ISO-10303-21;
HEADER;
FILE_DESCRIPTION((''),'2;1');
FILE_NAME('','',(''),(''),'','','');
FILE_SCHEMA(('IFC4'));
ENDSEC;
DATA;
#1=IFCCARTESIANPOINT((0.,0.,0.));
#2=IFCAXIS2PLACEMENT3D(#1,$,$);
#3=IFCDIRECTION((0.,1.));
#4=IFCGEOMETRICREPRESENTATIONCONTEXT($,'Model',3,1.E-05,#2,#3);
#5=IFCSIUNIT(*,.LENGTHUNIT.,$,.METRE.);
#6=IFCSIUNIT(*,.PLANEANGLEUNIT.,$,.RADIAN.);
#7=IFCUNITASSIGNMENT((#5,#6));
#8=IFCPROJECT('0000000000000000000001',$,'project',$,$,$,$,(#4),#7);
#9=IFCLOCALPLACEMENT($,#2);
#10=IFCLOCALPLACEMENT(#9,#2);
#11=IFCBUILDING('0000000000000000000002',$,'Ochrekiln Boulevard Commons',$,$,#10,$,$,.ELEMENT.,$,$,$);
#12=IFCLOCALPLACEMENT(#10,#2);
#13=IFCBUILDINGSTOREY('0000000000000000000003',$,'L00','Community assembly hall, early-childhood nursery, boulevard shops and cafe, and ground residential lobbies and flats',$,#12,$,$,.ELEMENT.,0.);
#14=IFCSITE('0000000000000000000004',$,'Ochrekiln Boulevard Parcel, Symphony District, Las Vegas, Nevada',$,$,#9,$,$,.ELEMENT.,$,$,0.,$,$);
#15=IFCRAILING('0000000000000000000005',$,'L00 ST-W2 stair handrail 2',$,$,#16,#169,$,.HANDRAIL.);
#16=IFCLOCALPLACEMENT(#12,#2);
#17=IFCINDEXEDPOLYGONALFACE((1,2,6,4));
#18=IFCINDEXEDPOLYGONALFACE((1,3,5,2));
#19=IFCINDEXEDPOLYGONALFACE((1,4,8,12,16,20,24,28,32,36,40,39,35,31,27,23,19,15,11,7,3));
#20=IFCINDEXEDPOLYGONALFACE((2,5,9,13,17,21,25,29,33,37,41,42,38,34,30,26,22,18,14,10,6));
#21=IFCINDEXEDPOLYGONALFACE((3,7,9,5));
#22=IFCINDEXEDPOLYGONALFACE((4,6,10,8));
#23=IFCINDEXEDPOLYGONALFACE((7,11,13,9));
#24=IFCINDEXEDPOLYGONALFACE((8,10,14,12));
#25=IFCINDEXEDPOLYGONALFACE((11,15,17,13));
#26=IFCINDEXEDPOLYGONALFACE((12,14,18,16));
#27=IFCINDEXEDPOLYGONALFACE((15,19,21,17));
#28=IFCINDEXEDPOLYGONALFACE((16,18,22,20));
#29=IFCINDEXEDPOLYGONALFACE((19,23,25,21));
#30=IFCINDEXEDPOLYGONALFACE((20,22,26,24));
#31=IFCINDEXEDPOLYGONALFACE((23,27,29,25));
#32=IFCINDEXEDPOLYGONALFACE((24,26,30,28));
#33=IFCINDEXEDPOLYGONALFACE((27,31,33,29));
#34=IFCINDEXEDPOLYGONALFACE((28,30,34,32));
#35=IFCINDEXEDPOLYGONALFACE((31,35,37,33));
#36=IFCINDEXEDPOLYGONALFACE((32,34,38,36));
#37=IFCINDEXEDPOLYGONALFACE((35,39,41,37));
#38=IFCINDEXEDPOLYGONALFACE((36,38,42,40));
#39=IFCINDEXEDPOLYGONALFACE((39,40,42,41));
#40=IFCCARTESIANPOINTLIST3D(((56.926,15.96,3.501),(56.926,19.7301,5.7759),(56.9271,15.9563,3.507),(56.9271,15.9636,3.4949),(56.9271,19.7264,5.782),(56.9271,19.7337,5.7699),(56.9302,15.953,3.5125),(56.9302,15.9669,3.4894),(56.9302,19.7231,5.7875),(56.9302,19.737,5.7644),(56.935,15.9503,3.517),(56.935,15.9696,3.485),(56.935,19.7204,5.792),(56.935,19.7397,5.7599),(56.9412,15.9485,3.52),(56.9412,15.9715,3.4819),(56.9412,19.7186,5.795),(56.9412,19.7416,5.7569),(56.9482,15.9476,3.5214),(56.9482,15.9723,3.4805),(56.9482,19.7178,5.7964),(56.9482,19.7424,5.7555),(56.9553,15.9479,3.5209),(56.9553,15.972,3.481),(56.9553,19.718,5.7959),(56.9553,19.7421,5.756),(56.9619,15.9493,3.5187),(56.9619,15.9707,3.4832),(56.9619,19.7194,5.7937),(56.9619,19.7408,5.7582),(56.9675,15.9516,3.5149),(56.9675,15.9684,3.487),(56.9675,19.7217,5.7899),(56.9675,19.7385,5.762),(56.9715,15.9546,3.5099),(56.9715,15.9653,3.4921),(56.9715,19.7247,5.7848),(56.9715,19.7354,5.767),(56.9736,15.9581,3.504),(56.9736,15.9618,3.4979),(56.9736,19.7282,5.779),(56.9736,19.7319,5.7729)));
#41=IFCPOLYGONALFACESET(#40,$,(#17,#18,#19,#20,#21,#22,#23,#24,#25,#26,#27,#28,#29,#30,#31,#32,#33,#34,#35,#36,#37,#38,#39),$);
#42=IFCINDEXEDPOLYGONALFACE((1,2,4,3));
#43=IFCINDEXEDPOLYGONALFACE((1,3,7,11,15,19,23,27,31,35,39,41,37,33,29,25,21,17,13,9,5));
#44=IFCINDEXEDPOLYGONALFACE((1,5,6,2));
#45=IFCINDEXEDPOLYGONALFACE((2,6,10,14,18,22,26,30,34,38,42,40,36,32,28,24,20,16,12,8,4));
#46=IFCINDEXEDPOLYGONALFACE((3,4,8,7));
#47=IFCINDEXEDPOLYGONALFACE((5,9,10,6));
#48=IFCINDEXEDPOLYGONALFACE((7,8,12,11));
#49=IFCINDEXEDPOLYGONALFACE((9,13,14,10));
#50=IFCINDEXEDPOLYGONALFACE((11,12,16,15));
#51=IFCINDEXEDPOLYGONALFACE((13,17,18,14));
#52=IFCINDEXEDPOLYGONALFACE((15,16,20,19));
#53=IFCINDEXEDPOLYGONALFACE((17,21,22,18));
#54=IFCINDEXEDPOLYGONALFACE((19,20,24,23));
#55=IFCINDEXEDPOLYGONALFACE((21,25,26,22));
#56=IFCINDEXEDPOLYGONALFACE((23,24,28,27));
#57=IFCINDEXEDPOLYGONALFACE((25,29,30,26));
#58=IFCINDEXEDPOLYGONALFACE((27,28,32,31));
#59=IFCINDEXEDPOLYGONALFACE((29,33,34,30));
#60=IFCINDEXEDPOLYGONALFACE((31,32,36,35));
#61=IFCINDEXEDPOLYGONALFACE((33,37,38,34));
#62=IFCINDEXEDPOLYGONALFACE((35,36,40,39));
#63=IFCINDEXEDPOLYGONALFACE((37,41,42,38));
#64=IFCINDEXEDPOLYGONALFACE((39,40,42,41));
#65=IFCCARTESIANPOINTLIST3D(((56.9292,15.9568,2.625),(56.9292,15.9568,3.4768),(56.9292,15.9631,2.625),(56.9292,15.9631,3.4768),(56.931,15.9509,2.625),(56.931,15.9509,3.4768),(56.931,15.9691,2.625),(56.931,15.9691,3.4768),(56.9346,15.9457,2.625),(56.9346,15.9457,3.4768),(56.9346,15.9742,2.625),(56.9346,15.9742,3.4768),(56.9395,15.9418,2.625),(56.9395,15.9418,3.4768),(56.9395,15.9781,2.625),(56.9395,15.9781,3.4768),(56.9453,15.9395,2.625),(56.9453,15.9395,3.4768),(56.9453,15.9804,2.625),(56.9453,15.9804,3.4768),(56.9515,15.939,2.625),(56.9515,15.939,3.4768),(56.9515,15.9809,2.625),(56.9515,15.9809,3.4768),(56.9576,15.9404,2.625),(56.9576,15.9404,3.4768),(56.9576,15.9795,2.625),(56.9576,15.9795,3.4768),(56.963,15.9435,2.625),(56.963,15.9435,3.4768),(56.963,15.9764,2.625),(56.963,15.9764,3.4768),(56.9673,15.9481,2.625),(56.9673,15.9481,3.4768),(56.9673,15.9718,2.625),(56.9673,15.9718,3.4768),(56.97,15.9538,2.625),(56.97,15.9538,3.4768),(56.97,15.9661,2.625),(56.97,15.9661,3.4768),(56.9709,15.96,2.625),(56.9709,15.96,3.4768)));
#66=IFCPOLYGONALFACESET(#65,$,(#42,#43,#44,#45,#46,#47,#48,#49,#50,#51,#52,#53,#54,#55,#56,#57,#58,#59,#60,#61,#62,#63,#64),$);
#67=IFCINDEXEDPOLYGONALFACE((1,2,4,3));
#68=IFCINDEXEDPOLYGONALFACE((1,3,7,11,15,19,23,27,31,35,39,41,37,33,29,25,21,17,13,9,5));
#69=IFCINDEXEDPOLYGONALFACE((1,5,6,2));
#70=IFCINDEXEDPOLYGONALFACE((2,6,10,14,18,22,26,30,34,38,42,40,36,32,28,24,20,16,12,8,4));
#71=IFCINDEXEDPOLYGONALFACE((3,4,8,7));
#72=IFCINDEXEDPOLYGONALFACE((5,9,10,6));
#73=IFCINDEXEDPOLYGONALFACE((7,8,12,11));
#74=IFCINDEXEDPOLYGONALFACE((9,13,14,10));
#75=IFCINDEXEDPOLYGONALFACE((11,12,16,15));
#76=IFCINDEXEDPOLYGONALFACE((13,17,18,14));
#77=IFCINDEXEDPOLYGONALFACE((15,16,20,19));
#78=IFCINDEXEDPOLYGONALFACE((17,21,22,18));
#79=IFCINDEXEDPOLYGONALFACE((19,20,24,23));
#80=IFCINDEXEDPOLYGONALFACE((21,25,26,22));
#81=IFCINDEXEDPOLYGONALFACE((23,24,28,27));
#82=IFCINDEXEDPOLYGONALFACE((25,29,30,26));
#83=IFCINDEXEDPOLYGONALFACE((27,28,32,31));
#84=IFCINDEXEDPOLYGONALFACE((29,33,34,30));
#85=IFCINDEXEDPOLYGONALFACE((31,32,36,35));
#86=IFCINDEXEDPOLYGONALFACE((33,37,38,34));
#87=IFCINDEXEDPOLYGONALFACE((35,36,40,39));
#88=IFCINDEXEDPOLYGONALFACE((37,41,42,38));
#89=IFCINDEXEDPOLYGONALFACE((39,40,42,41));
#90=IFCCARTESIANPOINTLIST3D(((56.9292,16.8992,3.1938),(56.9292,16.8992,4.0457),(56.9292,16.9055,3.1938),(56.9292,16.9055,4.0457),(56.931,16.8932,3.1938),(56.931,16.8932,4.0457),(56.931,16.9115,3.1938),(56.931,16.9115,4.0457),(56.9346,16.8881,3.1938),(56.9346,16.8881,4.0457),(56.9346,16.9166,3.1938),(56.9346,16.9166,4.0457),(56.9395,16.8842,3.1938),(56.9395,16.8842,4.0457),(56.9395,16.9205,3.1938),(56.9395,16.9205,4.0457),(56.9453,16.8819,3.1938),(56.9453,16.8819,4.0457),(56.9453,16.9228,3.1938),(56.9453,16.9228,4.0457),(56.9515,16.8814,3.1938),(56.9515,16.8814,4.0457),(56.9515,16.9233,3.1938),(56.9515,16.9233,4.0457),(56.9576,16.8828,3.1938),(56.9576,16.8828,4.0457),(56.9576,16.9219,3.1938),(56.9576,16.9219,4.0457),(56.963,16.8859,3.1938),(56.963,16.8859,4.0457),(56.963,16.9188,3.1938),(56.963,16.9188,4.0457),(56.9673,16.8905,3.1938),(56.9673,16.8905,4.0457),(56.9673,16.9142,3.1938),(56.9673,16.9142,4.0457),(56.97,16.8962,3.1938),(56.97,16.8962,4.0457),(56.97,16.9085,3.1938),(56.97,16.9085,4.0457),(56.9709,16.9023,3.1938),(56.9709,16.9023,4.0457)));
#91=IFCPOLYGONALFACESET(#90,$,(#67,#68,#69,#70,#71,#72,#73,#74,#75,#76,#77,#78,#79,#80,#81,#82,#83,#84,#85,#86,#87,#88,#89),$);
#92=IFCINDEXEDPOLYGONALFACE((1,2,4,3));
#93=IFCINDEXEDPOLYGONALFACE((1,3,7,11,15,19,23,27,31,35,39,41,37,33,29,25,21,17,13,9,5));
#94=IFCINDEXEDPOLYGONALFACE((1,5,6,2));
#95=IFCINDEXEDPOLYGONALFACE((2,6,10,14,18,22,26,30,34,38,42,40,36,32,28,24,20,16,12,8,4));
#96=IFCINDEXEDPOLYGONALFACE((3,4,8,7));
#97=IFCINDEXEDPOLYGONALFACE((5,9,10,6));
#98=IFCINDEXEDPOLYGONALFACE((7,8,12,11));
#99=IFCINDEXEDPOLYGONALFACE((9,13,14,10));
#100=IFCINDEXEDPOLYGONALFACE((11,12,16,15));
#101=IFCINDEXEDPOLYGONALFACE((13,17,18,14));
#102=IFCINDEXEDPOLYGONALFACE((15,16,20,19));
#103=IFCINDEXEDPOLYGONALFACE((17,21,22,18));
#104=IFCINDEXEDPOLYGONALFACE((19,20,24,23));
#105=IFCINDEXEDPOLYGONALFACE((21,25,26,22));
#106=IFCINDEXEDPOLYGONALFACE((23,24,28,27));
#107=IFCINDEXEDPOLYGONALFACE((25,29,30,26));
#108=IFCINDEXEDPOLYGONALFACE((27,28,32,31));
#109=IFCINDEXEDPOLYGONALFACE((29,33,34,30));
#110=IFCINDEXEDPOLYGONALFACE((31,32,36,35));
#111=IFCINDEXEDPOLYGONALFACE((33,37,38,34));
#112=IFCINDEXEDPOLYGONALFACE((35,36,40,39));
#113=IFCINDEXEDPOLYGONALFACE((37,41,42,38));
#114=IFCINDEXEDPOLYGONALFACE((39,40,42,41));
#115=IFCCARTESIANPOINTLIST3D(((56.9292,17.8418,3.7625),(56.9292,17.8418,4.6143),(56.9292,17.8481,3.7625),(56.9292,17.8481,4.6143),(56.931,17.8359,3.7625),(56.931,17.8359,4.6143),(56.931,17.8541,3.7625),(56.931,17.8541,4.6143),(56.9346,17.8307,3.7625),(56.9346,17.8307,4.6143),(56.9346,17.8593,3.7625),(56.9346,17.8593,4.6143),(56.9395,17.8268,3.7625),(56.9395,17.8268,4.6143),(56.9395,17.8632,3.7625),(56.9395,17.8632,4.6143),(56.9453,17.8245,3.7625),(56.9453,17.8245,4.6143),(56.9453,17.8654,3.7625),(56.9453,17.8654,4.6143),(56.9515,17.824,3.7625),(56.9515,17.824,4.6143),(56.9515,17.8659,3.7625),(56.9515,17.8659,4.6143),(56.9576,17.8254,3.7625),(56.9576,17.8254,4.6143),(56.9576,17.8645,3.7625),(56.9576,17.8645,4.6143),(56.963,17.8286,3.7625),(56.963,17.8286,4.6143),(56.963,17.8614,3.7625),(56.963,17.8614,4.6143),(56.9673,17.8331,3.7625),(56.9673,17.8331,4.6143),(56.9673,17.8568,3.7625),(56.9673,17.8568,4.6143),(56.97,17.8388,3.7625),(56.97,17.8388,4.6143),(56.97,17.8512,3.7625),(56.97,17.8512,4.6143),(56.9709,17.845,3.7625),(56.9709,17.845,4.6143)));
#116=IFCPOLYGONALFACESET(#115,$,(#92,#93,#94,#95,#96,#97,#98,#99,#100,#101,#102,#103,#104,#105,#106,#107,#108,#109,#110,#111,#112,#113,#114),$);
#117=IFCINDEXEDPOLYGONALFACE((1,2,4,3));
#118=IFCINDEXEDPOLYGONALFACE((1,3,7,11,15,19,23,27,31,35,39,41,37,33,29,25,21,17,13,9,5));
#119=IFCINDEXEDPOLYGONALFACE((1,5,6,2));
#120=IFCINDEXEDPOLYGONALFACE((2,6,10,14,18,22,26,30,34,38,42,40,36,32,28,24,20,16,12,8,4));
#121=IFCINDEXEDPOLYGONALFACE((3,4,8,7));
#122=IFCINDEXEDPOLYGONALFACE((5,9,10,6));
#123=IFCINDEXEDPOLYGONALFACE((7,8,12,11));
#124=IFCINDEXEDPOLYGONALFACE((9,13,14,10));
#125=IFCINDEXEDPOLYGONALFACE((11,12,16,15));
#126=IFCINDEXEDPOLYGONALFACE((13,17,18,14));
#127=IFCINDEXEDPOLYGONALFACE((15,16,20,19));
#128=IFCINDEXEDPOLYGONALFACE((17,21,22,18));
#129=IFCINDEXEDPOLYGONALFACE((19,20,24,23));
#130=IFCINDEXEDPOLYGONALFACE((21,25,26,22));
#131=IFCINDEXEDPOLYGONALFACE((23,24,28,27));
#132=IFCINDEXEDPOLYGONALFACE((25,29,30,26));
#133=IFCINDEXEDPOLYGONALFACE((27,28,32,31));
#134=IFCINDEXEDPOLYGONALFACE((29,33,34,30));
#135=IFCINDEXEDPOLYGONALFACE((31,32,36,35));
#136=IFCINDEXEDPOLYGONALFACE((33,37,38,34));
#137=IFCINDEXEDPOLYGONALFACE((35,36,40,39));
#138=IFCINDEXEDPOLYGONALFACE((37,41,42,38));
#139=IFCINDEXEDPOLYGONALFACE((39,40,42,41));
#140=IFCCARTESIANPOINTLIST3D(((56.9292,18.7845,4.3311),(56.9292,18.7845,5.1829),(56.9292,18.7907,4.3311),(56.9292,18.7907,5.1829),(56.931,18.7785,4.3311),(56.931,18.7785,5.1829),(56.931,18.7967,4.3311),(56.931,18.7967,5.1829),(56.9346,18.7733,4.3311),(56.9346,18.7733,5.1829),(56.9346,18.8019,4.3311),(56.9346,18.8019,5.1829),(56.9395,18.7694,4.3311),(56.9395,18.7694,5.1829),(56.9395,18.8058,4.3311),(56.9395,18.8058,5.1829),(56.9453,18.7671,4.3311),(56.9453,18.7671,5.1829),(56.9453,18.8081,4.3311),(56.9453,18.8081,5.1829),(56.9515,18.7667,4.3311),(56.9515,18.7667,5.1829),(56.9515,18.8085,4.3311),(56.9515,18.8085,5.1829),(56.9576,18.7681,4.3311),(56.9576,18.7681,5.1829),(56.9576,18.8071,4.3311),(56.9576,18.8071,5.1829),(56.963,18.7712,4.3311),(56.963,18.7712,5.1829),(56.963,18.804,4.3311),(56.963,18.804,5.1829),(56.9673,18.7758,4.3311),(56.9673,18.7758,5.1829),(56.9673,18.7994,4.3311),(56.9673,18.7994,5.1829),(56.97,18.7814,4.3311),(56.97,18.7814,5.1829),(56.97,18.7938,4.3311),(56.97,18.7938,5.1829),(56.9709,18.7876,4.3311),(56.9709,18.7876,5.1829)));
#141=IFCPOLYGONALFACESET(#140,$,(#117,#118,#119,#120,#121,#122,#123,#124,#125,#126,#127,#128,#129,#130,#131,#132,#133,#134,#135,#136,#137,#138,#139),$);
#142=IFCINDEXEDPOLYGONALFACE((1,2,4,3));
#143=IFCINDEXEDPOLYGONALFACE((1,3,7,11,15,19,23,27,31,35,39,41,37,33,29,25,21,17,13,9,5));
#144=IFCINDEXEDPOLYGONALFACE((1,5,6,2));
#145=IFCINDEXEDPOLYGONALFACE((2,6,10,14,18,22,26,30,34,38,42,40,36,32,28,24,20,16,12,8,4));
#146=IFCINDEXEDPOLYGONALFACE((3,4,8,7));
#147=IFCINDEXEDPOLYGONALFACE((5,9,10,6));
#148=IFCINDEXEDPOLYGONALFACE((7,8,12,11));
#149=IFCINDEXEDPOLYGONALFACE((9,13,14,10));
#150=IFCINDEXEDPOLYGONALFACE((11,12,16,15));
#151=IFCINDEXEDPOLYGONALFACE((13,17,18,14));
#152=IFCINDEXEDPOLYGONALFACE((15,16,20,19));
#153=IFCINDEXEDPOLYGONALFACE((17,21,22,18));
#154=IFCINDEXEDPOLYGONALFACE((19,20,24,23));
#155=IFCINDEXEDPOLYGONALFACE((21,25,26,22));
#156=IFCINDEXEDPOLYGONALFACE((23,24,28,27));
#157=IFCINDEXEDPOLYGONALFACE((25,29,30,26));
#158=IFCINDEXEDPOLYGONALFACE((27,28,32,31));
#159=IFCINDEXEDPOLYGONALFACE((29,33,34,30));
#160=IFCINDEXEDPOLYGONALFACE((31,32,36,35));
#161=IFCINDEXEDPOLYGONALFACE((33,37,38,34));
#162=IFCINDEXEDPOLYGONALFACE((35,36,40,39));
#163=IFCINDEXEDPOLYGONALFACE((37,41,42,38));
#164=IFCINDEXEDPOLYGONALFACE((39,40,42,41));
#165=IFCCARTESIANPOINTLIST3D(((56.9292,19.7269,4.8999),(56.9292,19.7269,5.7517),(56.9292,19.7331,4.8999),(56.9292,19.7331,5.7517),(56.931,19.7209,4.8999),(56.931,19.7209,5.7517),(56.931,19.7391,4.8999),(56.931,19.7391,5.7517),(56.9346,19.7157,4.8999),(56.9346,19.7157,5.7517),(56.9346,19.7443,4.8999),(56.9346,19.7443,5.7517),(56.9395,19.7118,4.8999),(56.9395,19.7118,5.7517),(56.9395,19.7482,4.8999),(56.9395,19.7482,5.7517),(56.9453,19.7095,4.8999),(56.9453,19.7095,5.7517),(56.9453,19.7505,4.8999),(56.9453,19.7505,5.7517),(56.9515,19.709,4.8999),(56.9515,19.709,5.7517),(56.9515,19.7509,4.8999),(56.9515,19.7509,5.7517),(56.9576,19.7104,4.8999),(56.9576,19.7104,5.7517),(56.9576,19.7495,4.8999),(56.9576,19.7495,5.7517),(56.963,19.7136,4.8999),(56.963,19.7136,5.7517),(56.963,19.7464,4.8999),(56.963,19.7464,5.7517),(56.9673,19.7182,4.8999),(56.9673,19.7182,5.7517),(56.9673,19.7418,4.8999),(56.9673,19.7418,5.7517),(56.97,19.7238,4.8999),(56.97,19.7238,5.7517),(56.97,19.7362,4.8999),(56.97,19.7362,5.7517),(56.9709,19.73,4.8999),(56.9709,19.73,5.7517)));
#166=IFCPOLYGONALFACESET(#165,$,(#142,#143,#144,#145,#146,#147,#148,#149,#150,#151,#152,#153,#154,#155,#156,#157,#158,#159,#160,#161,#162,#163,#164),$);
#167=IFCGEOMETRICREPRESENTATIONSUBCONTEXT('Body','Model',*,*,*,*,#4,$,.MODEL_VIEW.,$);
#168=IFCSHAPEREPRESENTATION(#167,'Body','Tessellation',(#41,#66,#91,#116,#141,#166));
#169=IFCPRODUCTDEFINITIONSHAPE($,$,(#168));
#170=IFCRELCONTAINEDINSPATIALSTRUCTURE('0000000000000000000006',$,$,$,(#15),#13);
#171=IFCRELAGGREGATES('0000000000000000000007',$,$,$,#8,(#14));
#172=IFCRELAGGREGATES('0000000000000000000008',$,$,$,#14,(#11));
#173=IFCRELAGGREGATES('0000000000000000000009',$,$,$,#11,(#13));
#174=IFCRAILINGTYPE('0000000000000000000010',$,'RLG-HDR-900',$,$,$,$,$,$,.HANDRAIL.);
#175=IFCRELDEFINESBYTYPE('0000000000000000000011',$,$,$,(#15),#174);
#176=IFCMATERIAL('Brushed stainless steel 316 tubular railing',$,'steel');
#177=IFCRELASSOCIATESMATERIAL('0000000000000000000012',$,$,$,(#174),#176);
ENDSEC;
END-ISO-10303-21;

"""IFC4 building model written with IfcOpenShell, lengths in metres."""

from ifc_helpers import new_model, si_unit, direction, frame, origin, origin_2d, place, context, subcontext, project, spatial, circle, extrude, material, type_object, element, save


model = new_model("IFC4")

# Units and contexts
model_context = context("Model", 3, precision=1e-05, world=origin(), true_north=direction((0.0, 1.0)))
body_context = subcontext(model_context, "Body", "Model", "MODEL_VIEW")
ifc_project = project(units=[si_unit("LENGTHUNIT", "METRE"), si_unit("PLANEANGLEUNIT", "RADIAN")], contexts=[model_context])

# Site, building, storey
site_placement = place(None, origin())
site = spatial("IfcSite", under=ifc_project, at=site_placement, Name="Ochrekiln Boulevard Parcel, Symphony District, Las Vegas, Nevada", CompositionType="ELEMENT", RefElevation=0.0)
building_placement = place(site_placement, origin())
building = spatial("IfcBuilding", under=site, at=building_placement, Name="Ochrekiln Boulevard Commons", CompositionType="ELEMENT")
storey_placement = place(building_placement, origin())
storey = spatial("IfcBuildingStorey", under=building, at=storey_placement, Name="L00", Description="Community assembly hall, early-childhood nursery, boulevard shops and cafe, and ground residential lobbies and flats", CompositionType="ELEMENT", Elevation=0.0)

# Railing
ifc_material_1 = material(Name="Brushed stainless steel 316 tubular railing", Category="steel")
railing_type_1 = type_object("IfcRailingType", Name="RLG-HDR-900", PredefinedType="HANDRAIL", material=ifc_material_1)
railing_1_placement = place(storey_placement, frame((56.95, 15.96, 2.625)))
element("IfcRailing", 1, at=railing_1_placement, inside=storey, type_object=railing_type_1, Name="L00 ST-W2 stair handrail 2", PredefinedType="HANDRAIL", context=body_context, shape_type="SweptSolid", body=[
    extrude(circle(Radius=0.0239, at=origin_2d()), frame((0.0, 0.0, 0.876), z_axis=(0.0, 0.856199, 0.516647), x_axis=(-1.0, 0.0, 0.0)), (0.0, 0.0, 1.0), 4.4033),
    extrude(circle(Radius=0.021, at=origin_2d()), origin(), (0.0, 0.0, 1.0), 0.8518),
    extrude(circle(Radius=0.021, at=origin_2d()), frame((0.0, 0.9424, 0.5688)), (0.0, 0.0, 1.0), 0.8518),
    extrude(circle(Radius=0.021, at=origin_2d()), frame((0.0, 1.885, 1.1375)), (0.0, 0.0, 1.0), 0.8518),
    extrude(circle(Radius=0.021, at=origin_2d()), frame((0.0, 2.8276, 1.7061)), (0.0, 0.0, 1.0), 0.8518),
    extrude(circle(Radius=0.021, at=origin_2d()), frame((0.0, 3.77, 2.2749)), (0.0, 0.0, 1.0), 0.8518),
])

save(model, "model.ifc")
